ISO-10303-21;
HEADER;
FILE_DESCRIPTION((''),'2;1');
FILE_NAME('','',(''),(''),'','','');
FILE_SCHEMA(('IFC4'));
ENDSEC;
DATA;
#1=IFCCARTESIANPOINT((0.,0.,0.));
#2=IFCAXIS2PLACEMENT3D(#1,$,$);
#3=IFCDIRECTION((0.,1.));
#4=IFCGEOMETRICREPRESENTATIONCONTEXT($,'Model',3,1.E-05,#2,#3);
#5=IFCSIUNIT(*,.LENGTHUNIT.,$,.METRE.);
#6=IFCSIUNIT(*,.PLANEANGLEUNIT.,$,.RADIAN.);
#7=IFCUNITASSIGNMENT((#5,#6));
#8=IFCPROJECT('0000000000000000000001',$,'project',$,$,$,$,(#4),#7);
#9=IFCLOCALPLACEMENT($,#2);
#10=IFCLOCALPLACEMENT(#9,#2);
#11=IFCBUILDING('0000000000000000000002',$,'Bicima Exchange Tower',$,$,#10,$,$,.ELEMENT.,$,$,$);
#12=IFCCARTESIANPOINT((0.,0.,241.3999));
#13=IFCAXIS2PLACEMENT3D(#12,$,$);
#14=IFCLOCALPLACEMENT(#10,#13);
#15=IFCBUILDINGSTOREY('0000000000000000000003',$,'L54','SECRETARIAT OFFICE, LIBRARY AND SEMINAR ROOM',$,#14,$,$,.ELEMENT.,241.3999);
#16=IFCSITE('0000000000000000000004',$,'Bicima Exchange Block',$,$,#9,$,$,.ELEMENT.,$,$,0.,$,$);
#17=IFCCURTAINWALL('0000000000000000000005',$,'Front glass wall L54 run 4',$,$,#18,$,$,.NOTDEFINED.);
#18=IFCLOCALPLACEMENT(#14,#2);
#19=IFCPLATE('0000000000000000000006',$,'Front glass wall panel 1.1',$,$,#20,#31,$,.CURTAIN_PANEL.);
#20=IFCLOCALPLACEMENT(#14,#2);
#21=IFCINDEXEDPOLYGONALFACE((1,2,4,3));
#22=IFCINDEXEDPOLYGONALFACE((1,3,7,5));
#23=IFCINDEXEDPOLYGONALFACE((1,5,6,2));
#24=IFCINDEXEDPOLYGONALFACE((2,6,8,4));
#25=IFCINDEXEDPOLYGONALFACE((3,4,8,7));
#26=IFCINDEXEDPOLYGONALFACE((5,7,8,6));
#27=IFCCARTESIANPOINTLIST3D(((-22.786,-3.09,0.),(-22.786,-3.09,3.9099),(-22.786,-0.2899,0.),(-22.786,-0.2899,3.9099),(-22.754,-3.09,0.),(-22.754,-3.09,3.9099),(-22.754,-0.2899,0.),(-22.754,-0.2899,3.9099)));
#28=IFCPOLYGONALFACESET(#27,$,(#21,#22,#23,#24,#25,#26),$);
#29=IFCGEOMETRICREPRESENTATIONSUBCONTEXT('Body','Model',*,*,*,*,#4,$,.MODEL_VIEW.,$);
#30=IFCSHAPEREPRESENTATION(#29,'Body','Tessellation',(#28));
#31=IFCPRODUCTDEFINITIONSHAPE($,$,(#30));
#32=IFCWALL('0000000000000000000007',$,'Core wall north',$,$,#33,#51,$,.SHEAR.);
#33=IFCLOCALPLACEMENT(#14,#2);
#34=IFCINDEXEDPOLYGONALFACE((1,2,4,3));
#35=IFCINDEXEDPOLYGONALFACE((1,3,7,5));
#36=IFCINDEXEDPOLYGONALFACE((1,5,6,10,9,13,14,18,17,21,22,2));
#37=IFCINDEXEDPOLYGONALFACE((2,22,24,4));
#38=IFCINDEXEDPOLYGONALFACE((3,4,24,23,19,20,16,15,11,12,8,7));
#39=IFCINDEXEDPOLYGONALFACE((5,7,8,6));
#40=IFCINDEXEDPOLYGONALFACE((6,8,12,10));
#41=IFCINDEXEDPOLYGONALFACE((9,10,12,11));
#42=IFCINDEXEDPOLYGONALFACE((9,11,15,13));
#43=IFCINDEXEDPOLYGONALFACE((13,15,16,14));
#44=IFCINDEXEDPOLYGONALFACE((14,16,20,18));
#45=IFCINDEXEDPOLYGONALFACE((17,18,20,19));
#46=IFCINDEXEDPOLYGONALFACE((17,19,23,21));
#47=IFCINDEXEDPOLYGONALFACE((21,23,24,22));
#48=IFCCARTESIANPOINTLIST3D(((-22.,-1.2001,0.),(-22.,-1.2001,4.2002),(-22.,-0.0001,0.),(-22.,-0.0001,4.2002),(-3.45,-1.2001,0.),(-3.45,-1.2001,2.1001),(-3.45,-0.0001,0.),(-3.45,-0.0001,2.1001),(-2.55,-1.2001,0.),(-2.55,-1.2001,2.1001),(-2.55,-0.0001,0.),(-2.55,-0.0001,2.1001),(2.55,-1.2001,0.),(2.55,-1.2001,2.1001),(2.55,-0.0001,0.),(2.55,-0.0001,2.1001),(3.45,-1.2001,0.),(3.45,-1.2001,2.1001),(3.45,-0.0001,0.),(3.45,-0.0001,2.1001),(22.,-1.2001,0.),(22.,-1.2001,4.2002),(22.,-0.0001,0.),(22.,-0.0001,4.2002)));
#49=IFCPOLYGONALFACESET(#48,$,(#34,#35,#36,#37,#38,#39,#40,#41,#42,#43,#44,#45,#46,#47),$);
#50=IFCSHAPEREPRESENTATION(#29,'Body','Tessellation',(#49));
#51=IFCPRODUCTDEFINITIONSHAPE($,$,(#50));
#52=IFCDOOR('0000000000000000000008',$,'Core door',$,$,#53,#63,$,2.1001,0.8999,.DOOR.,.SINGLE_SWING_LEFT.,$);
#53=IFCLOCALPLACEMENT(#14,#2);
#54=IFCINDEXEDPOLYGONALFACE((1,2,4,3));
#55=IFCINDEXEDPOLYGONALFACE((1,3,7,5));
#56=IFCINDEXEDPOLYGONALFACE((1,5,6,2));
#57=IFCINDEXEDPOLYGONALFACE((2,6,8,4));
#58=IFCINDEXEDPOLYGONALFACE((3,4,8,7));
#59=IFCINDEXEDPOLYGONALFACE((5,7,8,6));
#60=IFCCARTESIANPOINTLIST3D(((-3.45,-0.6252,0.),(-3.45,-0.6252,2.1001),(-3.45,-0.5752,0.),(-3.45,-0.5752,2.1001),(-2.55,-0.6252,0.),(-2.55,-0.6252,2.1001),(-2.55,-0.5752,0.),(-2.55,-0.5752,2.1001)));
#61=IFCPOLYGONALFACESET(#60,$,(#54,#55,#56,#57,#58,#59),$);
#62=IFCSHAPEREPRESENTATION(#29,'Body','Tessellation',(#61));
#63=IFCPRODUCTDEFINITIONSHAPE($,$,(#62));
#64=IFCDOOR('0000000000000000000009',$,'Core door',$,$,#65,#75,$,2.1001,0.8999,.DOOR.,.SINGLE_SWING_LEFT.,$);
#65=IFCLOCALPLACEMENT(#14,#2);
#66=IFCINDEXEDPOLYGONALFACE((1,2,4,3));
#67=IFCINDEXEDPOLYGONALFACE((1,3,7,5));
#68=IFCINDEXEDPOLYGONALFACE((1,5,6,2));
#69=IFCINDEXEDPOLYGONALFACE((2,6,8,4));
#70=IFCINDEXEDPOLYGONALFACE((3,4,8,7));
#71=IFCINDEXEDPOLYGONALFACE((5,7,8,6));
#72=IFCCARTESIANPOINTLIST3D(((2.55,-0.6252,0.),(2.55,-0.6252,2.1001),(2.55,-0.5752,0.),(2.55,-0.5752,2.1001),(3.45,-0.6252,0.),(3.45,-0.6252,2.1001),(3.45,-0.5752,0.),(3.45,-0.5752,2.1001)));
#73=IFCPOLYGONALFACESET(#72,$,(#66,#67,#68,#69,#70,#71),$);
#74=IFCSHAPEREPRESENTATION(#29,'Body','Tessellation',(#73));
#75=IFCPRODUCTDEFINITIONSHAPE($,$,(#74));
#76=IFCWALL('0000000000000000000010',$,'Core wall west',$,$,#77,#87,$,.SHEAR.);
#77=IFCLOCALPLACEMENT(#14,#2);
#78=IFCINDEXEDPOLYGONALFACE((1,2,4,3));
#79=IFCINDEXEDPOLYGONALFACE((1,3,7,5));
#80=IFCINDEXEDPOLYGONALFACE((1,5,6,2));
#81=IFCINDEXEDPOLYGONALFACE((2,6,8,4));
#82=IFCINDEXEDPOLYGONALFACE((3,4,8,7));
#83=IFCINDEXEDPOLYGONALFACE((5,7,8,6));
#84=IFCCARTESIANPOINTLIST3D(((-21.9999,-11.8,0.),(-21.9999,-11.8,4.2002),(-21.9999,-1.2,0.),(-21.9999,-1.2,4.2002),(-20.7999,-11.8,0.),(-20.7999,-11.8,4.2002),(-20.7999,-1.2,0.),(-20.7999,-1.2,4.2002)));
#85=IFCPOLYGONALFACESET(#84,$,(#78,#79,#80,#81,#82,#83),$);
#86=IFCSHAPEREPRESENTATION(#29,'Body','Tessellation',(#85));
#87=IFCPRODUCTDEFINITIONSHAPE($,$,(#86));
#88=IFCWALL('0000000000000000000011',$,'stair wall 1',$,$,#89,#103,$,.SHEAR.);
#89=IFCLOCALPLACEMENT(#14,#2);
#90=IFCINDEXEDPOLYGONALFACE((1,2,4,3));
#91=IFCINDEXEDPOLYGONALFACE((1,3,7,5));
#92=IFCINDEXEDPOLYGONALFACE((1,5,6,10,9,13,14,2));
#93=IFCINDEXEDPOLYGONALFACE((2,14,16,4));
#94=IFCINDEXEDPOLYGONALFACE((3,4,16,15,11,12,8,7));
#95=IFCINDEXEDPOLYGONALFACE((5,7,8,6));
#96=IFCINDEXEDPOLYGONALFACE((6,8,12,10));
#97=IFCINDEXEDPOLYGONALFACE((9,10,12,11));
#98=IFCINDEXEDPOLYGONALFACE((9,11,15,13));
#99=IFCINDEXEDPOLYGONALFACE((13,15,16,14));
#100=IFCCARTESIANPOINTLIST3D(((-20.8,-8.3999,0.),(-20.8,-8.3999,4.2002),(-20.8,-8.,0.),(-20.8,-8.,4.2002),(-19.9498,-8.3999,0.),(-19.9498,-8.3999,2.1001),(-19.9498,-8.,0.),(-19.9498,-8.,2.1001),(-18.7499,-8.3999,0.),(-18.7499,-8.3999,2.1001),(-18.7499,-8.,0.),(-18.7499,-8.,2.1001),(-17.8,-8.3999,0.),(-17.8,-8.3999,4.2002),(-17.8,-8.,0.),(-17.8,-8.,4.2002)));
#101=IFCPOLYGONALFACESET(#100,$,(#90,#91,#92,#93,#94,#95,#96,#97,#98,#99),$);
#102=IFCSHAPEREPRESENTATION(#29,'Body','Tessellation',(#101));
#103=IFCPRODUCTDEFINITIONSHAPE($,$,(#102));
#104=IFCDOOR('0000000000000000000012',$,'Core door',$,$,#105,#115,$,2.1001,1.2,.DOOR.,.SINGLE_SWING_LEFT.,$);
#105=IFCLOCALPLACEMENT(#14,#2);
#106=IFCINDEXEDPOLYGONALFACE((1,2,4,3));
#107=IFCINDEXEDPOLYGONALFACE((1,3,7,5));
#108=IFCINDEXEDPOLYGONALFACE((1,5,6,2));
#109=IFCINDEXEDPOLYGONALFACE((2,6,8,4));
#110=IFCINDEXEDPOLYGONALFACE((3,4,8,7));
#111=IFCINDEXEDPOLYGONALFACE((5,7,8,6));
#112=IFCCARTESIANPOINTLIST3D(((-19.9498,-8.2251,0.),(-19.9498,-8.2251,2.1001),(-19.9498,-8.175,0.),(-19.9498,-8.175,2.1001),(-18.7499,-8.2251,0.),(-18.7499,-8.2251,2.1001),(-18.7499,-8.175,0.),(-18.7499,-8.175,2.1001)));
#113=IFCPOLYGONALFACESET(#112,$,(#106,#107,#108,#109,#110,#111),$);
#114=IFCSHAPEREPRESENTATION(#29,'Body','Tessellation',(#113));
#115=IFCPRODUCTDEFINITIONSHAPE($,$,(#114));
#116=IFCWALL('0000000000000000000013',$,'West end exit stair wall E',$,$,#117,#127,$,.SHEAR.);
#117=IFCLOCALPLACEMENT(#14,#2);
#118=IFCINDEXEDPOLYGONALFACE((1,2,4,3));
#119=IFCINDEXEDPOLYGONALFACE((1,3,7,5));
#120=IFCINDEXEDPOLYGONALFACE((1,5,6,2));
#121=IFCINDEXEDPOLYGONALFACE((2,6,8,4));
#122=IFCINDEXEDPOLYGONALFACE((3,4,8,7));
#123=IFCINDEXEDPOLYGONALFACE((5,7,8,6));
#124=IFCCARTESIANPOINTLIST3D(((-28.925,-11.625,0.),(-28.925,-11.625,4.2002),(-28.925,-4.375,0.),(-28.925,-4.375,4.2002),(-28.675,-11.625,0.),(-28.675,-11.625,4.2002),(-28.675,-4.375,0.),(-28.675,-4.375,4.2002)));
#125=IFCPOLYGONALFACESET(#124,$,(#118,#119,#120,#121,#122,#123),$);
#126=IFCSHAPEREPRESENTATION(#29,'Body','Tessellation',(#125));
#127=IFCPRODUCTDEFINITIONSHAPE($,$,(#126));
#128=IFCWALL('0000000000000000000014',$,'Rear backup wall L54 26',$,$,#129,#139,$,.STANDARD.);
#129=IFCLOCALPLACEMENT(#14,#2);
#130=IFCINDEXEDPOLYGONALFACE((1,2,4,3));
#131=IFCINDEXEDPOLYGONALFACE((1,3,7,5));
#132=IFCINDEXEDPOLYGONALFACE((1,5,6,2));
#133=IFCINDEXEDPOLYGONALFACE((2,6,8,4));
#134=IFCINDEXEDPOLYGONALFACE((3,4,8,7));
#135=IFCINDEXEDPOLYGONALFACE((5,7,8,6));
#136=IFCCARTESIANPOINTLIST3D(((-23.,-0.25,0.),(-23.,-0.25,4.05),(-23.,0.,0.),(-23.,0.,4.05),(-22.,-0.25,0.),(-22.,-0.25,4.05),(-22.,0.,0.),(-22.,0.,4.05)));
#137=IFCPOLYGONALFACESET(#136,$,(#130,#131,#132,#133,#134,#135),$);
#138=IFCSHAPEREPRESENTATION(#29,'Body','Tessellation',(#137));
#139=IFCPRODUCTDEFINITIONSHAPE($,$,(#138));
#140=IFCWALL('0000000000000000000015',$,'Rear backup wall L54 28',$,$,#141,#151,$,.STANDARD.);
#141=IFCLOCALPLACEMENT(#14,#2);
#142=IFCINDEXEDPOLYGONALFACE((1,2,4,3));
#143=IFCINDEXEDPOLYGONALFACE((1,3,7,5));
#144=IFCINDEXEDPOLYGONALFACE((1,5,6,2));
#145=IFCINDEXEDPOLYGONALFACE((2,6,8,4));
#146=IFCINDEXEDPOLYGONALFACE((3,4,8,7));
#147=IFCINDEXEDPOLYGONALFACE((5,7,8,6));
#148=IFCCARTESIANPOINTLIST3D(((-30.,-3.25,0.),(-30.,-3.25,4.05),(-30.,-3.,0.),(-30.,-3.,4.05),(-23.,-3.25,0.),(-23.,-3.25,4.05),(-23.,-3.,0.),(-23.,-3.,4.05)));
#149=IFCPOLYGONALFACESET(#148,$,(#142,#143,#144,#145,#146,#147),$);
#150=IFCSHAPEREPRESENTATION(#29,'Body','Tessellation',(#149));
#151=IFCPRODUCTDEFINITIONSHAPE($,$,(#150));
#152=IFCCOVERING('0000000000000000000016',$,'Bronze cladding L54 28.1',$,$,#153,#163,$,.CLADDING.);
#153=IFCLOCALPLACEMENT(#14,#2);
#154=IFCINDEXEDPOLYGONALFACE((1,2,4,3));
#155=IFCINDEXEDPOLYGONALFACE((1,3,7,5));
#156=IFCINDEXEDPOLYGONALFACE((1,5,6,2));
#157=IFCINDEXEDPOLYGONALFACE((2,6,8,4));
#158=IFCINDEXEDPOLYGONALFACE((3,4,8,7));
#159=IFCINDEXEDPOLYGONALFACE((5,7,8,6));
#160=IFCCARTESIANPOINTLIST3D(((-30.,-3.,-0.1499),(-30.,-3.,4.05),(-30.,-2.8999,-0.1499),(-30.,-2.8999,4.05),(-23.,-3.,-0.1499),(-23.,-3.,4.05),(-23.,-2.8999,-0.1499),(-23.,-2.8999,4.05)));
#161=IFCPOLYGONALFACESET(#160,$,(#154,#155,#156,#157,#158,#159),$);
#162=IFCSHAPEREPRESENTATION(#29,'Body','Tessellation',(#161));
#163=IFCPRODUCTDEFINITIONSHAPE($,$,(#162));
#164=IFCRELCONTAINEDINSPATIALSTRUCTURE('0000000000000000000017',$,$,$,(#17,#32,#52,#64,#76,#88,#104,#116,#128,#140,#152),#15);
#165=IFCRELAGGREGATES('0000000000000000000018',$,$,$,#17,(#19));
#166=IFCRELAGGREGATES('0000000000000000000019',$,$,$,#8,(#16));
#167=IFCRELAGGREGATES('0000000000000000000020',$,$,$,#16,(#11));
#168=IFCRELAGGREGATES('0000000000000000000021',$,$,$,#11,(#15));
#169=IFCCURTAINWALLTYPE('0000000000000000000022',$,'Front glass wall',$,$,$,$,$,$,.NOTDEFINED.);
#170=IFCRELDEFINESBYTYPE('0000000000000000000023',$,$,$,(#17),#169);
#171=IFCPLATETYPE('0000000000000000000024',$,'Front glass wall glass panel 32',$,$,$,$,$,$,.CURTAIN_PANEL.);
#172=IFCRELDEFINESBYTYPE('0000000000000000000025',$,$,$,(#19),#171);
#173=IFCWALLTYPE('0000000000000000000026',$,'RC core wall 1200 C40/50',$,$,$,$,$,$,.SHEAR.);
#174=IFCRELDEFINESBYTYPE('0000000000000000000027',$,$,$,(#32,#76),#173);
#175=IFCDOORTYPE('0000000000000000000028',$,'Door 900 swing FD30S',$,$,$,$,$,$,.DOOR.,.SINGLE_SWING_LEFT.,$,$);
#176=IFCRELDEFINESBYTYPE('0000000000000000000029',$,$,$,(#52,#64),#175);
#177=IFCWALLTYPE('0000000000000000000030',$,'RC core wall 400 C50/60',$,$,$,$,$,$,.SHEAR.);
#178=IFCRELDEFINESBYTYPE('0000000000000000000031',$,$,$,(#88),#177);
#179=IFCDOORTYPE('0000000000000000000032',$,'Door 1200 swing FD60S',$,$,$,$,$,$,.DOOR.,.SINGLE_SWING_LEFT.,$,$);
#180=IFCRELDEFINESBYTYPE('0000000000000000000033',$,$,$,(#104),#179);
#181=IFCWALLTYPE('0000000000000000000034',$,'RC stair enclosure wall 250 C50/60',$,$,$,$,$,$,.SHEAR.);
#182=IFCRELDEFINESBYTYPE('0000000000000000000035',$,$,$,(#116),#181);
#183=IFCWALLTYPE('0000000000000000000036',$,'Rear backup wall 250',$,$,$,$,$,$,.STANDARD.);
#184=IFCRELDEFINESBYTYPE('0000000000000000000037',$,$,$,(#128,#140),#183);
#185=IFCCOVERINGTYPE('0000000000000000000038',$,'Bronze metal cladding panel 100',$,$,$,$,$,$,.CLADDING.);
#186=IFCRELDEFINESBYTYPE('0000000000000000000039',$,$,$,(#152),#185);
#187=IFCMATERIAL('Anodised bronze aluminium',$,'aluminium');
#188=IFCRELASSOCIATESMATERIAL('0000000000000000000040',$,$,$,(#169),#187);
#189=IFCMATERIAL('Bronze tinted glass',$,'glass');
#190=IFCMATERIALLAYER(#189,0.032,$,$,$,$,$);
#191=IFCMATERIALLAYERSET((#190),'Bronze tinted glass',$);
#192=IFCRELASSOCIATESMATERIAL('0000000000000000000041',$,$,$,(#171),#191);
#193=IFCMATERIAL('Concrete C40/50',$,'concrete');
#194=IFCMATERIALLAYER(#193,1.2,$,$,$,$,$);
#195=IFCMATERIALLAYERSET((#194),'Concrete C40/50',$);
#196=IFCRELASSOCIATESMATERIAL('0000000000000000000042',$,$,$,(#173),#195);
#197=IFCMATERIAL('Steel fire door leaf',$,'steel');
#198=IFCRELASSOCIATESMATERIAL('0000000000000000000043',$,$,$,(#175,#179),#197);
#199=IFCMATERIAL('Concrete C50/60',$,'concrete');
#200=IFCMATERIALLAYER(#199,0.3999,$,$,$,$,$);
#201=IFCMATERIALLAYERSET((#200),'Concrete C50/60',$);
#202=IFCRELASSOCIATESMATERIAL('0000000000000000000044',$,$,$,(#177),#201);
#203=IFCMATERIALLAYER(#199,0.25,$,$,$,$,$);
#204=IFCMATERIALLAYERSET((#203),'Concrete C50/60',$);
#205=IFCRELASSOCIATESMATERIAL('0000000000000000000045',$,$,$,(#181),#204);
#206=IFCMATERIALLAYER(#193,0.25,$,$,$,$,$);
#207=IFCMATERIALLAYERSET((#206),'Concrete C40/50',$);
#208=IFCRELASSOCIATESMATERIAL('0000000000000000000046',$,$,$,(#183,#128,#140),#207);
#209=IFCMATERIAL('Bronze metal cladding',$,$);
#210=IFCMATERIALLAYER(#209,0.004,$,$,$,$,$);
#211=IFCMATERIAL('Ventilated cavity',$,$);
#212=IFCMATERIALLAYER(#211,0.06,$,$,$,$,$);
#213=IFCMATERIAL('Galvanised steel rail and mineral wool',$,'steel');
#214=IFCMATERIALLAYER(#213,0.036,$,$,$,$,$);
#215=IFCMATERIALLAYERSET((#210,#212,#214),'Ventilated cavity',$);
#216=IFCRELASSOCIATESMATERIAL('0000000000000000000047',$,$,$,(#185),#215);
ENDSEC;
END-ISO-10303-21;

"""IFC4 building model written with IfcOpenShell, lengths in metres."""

from ifc_helpers import new_model, si_unit, direction, frame, frame_2d, origin, origin_2d, place, context, subcontext, project, spatial, rectangle, extrude, material, layer, layer_set, layer_usage, type_object, element, fill, aggregate, save


model = new_model("IFC4")

# Units and contexts
model_context = context("Model", 3, precision=1e-05, world=origin(), true_north=direction((0.0, 1.0)))
body_context = subcontext(model_context, "Body", "Model", "MODEL_VIEW")
ifc_project = project(units=[si_unit("LENGTHUNIT", "METRE"), si_unit("PLANEANGLEUNIT", "RADIAN")], contexts=[model_context])

# Site, building, storey
site_placement = place(None, origin())
site = spatial("IfcSite", under=ifc_project, at=site_placement, Name="Bicima Exchange Block", CompositionType="ELEMENT", RefElevation=0.0)
building_placement = place(site_placement, origin())
building = spatial("IfcBuilding", under=site, at=building_placement, Name="Bicima Exchange Tower", CompositionType="ELEMENT")
storey_placement = place(building_placement, frame((0.0, 0.0, 241.3999)))
storey = spatial("IfcBuildingStorey", under=building, at=storey_placement, Name="L54", Description="SECRETARIAT OFFICE, LIBRARY AND SEMINAR ROOM", CompositionType="ELEMENT", Elevation=241.3999)

# Curtain wall
ifc_material_1 = material(Name="Anodised bronze aluminium", Category="aluminium")
curtain_wall_type_1 = type_object("IfcCurtainWallType", Name="Front glass wall", PredefinedType="NOTDEFINED", material=ifc_material_1)
curtain_wall_1_placement = place(storey_placement, origin())
curtain_wall_1 = element("IfcCurtainWall", 1, at=curtain_wall_1_placement, inside=storey, type_object=curtain_wall_type_1, Name="Front glass wall L54 run 4", PredefinedType="NOTDEFINED")

# Plate
ifc_material_2 = material(Name="Bronze tinted glass", Category="glass")
ifc_layer_1 = layer(ifc_material_2, 0.032)
ifc_layer_set_1 = layer_set([ifc_layer_1], Name="Bronze tinted glass")
plate_type = type_object("IfcPlateType", Name="Front glass wall glass panel 32", PredefinedType="CURTAIN_PANEL", material=ifc_layer_set_1)
plate_placement = place(storey_placement, frame((-22.77, -1.6899, 0.0), z_axis=(0.0, 0.0, 1.0), x_axis=(0.0, -1.0, 0.0)))
plate = element("IfcPlate", 2, at=plate_placement, type_object=plate_type, Name="Front glass wall panel 1.1", PredefinedType="CURTAIN_PANEL", context=body_context, shape_type="SweptSolid", body=[
    extrude(rectangle(XDim=2.8, YDim=0.032, at=origin_2d()), origin(), (0.0, 0.0, 1.0), 3.9099),
])
aggregate(curtain_wall_1, [plate])

# Wall, openings, doors
ifc_material_3 = material(Name="Concrete C40/50", Category="concrete")
ifc_layer_2 = layer(ifc_material_3, 1.2)
ifc_layer_set_2 = layer_set([ifc_layer_2], Name="Concrete C40/50")
wall_type_1 = type_object("IfcWallType", Name="RC core wall 1200 C40/50", PredefinedType="SHEAR", material=ifc_layer_set_2)
wall_1_placement = place(storey_placement, frame((-22.0, -0.6001, 0.0), z_axis=(0.0, 0.0, 1.0), x_axis=(1.0, 0.0, 0.0)))
wall_1 = element("IfcWall", 3, at=wall_1_placement, inside=storey, type_object=wall_type_1, Name="Core wall north", PredefinedType="SHEAR", context=body_context, shape_type="SweptSolid", body=[
    extrude(rectangle(XDim=44.0, YDim=1.2, at=frame_2d((22.0, 0.0))), origin(), (0.0, 0.0, 1.0), 4.2002),
])
opening_1_placement = place(wall_1_placement, frame((18.55, 0.0, 0.0)))
opening_1 = element("IfcOpeningElement", 4, at=opening_1_placement, cuts=wall_1, PredefinedType="OPENING", context=body_context, shape_type="SweptSolid", body=[
    extrude(rectangle(XDim=0.8999, YDim=2.1001, at=frame_2d((0.45, 1.05))), frame((0.0, 0.6118, 0.0), z_axis=(0.0, -1.0, 0.0), x_axis=(1.0, 0.0, 0.0)), (0.0, 0.0, 1.0), 1.2239),
])
opening_2_placement = place(wall_1_placement, frame((24.55, 0.0, 0.0)))
opening_2 = element("IfcOpeningElement", 5, at=opening_2_placement, cuts=wall_1, PredefinedType="OPENING", context=body_context, shape_type="SweptSolid", body=[
    extrude(rectangle(XDim=0.8999, YDim=2.1001, at=frame_2d((0.45, 1.05))), frame((0.0, 0.6118, 0.0), z_axis=(0.0, -1.0, 0.0), x_axis=(1.0, 0.0, 0.0)), (0.0, 0.0, 1.0), 1.2239),
])
ifc_material_4 = material(Name="Steel fire door leaf", Category="steel")
door_type_1 = type_object("IfcDoorType", Name="Door 900 swing FD30S", OperationType="SINGLE_SWING_LEFT", PredefinedType="DOOR", material=ifc_material_4)
door_1_placement = place(opening_1_placement, origin())
door_1 = element("IfcDoor", 6, at=door_1_placement, inside=storey, type_object=door_type_1, Name="Core door", OperationType="SINGLE_SWING_LEFT", OverallHeight=2.1001, OverallWidth=0.8999, PredefinedType="DOOR", context=body_context, shape_type="SweptSolid", body=[
    extrude(rectangle(XDim=0.8999, YDim=2.1001, at=frame_2d((0.45, 1.05))), frame((0.0, 0.0249, 0.0), z_axis=(0.0, -1.0, 0.0), x_axis=(1.0, 0.0, 0.0)), (0.0, 0.0, 1.0), 0.05),
])
fill(opening_1, door_1)
door_2_placement = place(opening_2_placement, origin())
door_2 = element("IfcDoor", 7, at=door_2_placement, inside=storey, type_object=door_type_1, Name="Core door", OperationType="SINGLE_SWING_LEFT", OverallHeight=2.1001, OverallWidth=0.8999, PredefinedType="DOOR", context=body_context, shape_type="SweptSolid", body=[
    extrude(rectangle(XDim=0.8999, YDim=2.1001, at=frame_2d((0.45, 1.05))), frame((0.0, 0.0249, 0.0), z_axis=(0.0, -1.0, 0.0), x_axis=(1.0, 0.0, 0.0)), (0.0, 0.0, 1.0), 0.05),
])
fill(opening_2, door_2)

# Wall
wall_2_placement = place(storey_placement, frame((-21.3999, -11.8, 0.0), z_axis=(0.0, 0.0, 1.0), x_axis=(0.0, 1.0, 0.0)))
element("IfcWall", 8, at=wall_2_placement, inside=storey, type_object=wall_type_1, Name="Core wall west", PredefinedType="SHEAR", context=body_context, shape_type="SweptSolid", body=[
    extrude(rectangle(XDim=10.6001, YDim=1.2, at=frame_2d((5.3, 0.0))), origin(), (0.0, 0.0, 1.0), 4.2002),
])

# Wall, opening, door
ifc_material_5 = material(Name="Concrete C50/60", Category="concrete")
ifc_layer_3 = layer(ifc_material_5, 0.3999)
ifc_layer_set_3 = layer_set([ifc_layer_3], Name="Concrete C50/60")
wall_type_2 = type_object("IfcWallType", Name="RC core wall 400 C50/60", PredefinedType="SHEAR", material=ifc_layer_set_3)
wall_3_placement = place(storey_placement, frame((-20.8, -8.2, 0.0), z_axis=(0.0, 0.0, 1.0), x_axis=(1.0, 0.0, 0.0)))
wall_3 = element("IfcWall", 9, at=wall_3_placement, inside=storey, type_object=wall_type_2, Name="stair wall 1", PredefinedType="SHEAR", context=body_context, shape_type="SweptSolid", body=[
    extrude(rectangle(XDim=3.0, YDim=0.3999, at=frame_2d((1.5, 0.0))), origin(), (0.0, 0.0, 1.0), 4.2002),
])
opening_3_placement = place(wall_3_placement, frame((0.8501, 0.0, 0.0)))
opening_3 = element("IfcOpeningElement", 10, at=opening_3_placement, cuts=wall_3, PredefinedType="OPENING", context=body_context, shape_type="SweptSolid", body=[
    extrude(rectangle(XDim=1.2, YDim=2.1001, at=frame_2d((0.6001, 1.05))), frame((0.0, 0.2119, 0.0), z_axis=(0.0, -1.0, 0.0), x_axis=(1.0, 0.0, 0.0)), (0.0, 0.0, 1.0), 0.4238),
])
door_type_2 = type_object("IfcDoorType", Name="Door 1200 swing FD60S", OperationType="SINGLE_SWING_LEFT", PredefinedType="DOOR", material=ifc_material_4)
door_3_placement = place(opening_3_placement, origin())
door_3 = element("IfcDoor", 11, at=door_3_placement, inside=storey, type_object=door_type_2, Name="Core door", OperationType="SINGLE_SWING_LEFT", OverallHeight=2.1001, OverallWidth=1.2, PredefinedType="DOOR", context=body_context, shape_type="SweptSolid", body=[
    extrude(rectangle(XDim=1.2, YDim=2.1001, at=frame_2d((0.6001, 1.05))), frame((0.0, 0.0249, 0.0), z_axis=(0.0, -1.0, 0.0), x_axis=(1.0, 0.0, 0.0)), (0.0, 0.0, 1.0), 0.05),
])
fill(opening_3, door_3)

# Walls
ifc_layer_4 = layer(ifc_material_5, 0.25)
ifc_layer_set_4 = layer_set([ifc_layer_4], Name="Concrete C50/60")
wall_type_3 = type_object("IfcWallType", Name="RC stair enclosure wall 250 C50/60", PredefinedType="SHEAR", material=ifc_layer_set_4)
wall_4_placement = place(storey_placement, frame((-28.8, -11.625, 0.0), z_axis=(0.0, 0.0, 1.0), x_axis=(0.0, 1.0, 0.0)))
element("IfcWall", 12, at=wall_4_placement, inside=storey, type_object=wall_type_3, Name="West end exit stair wall E", PredefinedType="SHEAR", context=body_context, shape_type="SweptSolid", body=[
    extrude(rectangle(XDim=7.25, YDim=0.25, at=frame_2d((3.625, 0.0))), origin(), (0.0, 0.0, 1.0), 4.2002),
])
ifc_layer_5 = layer(ifc_material_3, 0.25)
ifc_layer_set_5 = layer_set([ifc_layer_5], Name="Concrete C40/50")
ifc_layer_usage = layer_usage(ifc_layer_set_5, "AXIS2", "POSITIVE", -0.125)
wall_type_4 = type_object("IfcWallType", Name="Rear backup wall 250", PredefinedType="STANDARD", material=ifc_layer_set_5)
wall_5_placement = place(storey_placement, frame((-22.0, -0.125, 0.0), z_axis=(0.0, 0.0, 1.0), x_axis=(-1.0, 0.0, 0.0)))
element("IfcWall", 13, at=wall_5_placement, inside=storey, type_object=wall_type_4, material=ifc_layer_usage, Name="Rear backup wall L54 26", PredefinedType="STANDARD", context=body_context, shape_type="SweptSolid", body=[
    extrude(rectangle(XDim=1.0, YDim=0.25, at=frame_2d((0.5, 0.0))), origin(), (0.0, 0.0, 1.0), 4.05),
])
wall_6_placement = place(storey_placement, frame((-23.0, -3.125, 0.0), z_axis=(0.0, 0.0, 1.0), x_axis=(-1.0, 0.0, 0.0)))
element("IfcWall", 14, at=wall_6_placement, inside=storey, type_object=wall_type_4, material=ifc_layer_usage, Name="Rear backup wall L54 28", PredefinedType="STANDARD", context=body_context, shape_type="SweptSolid", body=[
    extrude(rectangle(XDim=7.0, YDim=0.25, at=frame_2d((3.5, 0.0))), origin(), (0.0, 0.0, 1.0), 4.05),
])

# Covering
ifc_material_6 = material(Name="Bronze metal cladding")
ifc_layer_6 = layer(ifc_material_6, 0.004)
ifc_material_7 = material(Name="Ventilated cavity")
ifc_layer_7 = layer(ifc_material_7, 0.06)
ifc_material_8 = material(Name="Galvanised steel rail and mineral wool", Category="steel")
ifc_layer_8 = layer(ifc_material_8, 0.036)
ifc_layer_set_6 = layer_set([ifc_layer_6, ifc_layer_7, ifc_layer_8], Name="Ventilated cavity")
covering_type = type_object("IfcCoveringType", Name="Bronze metal cladding panel 100", PredefinedType="CLADDING", material=ifc_layer_set_6)
covering_placement = place(storey_placement, frame((-26.5, -2.95, -0.1499), z_axis=(0.0, 0.0, 1.0), x_axis=(-1.0, 0.0, 0.0)))
element("IfcCovering", 15, at=covering_placement, inside=storey, type_object=covering_type, Name="Bronze cladding L54 28.1", PredefinedType="CLADDING", context=body_context, shape_type="SweptSolid", body=[
    extrude(rectangle(XDim=7.0, YDim=0.1001, at=origin_2d()), origin(), (0.0, 0.0, 1.0), 4.2),
])

save(model, "model.ifc")
